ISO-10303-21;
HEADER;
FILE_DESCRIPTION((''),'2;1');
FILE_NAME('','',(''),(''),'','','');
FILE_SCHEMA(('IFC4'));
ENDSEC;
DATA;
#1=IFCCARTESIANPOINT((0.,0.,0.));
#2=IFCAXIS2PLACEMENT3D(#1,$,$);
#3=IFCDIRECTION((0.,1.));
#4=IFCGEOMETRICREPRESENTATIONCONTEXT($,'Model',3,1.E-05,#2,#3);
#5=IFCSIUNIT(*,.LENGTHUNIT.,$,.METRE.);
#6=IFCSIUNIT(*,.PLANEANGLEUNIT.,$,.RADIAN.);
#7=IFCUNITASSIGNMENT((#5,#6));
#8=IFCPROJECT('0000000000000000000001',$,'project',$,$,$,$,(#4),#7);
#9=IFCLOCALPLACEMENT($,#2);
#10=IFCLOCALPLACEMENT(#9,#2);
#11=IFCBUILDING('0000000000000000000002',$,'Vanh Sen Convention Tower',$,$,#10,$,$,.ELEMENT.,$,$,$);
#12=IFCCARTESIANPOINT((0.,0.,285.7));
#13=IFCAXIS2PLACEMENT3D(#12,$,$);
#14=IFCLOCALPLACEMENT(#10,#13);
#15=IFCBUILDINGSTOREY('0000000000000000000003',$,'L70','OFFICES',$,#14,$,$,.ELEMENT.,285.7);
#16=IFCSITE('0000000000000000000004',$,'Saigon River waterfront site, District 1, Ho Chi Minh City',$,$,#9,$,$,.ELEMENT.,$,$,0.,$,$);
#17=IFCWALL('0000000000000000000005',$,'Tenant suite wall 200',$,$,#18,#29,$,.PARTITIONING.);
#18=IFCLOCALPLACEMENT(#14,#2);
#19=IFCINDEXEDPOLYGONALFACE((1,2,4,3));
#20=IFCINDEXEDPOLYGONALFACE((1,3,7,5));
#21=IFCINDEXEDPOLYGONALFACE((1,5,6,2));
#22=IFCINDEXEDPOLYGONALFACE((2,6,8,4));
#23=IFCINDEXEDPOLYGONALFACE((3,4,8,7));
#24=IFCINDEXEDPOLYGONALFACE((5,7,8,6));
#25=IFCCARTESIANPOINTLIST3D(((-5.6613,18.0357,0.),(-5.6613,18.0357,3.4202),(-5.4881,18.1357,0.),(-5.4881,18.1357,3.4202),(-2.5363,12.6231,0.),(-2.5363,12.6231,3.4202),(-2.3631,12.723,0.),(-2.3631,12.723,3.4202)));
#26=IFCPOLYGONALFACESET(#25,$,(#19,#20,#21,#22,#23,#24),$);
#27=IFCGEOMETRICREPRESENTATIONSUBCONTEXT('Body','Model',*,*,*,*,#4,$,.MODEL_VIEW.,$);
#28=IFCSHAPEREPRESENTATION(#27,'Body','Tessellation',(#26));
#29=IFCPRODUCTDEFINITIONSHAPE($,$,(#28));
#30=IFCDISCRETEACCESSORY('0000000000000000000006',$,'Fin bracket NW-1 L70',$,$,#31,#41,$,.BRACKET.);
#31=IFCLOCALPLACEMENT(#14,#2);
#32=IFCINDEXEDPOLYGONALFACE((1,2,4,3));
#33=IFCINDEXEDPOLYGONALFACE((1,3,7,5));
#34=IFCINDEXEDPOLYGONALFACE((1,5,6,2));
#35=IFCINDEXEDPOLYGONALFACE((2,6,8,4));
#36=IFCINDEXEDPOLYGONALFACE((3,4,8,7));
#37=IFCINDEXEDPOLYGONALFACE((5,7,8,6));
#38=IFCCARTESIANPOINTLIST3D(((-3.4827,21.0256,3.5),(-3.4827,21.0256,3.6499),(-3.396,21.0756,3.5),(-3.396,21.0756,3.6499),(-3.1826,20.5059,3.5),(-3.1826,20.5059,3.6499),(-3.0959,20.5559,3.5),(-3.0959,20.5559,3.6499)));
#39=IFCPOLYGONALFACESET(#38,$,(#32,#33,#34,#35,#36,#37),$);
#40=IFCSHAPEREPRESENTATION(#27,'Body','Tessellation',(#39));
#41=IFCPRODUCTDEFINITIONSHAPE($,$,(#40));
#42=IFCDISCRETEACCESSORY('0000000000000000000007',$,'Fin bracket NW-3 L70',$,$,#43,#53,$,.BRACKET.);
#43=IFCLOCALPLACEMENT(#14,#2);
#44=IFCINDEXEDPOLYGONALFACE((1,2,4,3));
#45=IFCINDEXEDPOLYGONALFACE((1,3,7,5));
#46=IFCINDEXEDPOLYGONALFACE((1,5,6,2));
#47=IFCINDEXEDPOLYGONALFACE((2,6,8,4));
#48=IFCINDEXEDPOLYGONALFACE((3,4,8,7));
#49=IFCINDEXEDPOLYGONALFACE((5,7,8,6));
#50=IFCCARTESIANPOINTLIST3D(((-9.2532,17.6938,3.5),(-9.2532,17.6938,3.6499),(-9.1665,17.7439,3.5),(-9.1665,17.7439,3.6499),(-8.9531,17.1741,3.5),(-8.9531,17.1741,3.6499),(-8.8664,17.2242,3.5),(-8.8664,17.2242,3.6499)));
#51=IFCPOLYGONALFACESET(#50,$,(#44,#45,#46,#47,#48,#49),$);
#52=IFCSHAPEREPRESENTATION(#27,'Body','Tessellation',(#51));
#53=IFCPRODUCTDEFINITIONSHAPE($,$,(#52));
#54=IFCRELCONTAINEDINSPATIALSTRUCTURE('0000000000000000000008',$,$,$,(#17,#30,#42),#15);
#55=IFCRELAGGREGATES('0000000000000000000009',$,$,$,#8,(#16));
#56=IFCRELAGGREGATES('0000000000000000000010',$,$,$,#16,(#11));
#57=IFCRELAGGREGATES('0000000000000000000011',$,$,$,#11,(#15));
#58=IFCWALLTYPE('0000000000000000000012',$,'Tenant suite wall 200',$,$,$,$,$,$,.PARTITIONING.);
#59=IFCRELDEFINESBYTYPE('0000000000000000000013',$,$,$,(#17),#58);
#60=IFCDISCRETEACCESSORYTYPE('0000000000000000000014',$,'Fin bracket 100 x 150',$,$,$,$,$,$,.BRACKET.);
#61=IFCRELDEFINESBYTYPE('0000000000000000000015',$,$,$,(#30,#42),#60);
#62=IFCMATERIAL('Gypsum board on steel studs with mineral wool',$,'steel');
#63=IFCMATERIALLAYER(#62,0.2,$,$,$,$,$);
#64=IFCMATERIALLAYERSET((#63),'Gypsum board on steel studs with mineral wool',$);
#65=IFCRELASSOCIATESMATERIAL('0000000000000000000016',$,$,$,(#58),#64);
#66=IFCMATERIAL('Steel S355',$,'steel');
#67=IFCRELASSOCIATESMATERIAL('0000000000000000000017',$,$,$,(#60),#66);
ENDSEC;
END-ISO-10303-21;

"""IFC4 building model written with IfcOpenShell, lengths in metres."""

from ifc_helpers import new_model, si_unit, direction, frame, frame_2d, origin, origin_2d, place, context, subcontext, project, spatial, rectangle, extrude, material, layer, layer_set, type_object, element, save


model = new_model("IFC4")

# Units and contexts
model_context = context("Model", 3, precision=1e-05, world=origin(), true_north=direction((0.0, 1.0)))
body_context = subcontext(model_context, "Body", "Model", "MODEL_VIEW")
ifc_project = project(units=[si_unit("LENGTHUNIT", "METRE"), si_unit("PLANEANGLEUNIT", "RADIAN")], contexts=[model_context])

# Site, building, storey
site_placement = place(None, origin())
site = spatial("IfcSite", under=ifc_project, at=site_placement, Name="Saigon River waterfront site, District 1, Ho Chi Minh City", CompositionType="ELEMENT", RefElevation=0.0)
building_placement = place(site_placement, origin())
building = spatial("IfcBuilding", under=site, at=building_placement, Name="Vanh Sen Convention Tower", CompositionType="ELEMENT")
storey_placement = place(building_placement, frame((0.0, 0.0, 285.7)))
storey = spatial("IfcBuildingStorey", under=building, at=storey_placement, Name="L70", Description="OFFICES", CompositionType="ELEMENT", Elevation=285.7)

# Shared definitions
ifc_material_1 = material(Name="Gypsum board on steel studs with mineral wool", Category="steel")

# Wall
ifc_layer_1 = layer(ifc_material_1, 0.2)
ifc_layer_set_1 = layer_set([ifc_layer_1], Name="Gypsum board on steel studs with mineral wool")
wall_type_1 = type_object("IfcWallType", Name="Tenant suite wall 200", PredefinedType="PARTITIONING", material=ifc_layer_set_1)
wall_1_placement = place(storey_placement, frame((-5.5747, 18.0857, 0.0), z_axis=(0.0, 0.0, 1.0), x_axis=(0.500004, -0.866023, 0.0)))
element("IfcWall", 1, at=wall_1_placement, inside=storey, type_object=wall_type_1, Name="Tenant suite wall 200", PredefinedType="PARTITIONING", context=body_context, shape_type="SweptSolid", body=[
    extrude(rectangle(XDim=6.25, YDim=0.2, at=frame_2d((3.125, 0.0))), origin(), (0.0, 0.0, 1.0), 3.4202),
])

# Discrete accessories
ifc_material_2 = material(Name="Steel S355", Category="steel")
discrete_accessory_type = type_object("IfcDiscreteAccessoryType", Name="Fin bracket 100 x 150", PredefinedType="BRACKET", material=ifc_material_2)
for number, where, z_axis, x_axis, name in (
    (2, (-3.2893, 20.7908, 3.5), (0.0, 0.0, 1.0), (-0.5, 0.866025, 0.0), "Fin bracket NW-1 L70"),
    (3, (-9.0598, 17.459, 3.5), (0.0, 0.0, 1.0), (-0.5, 0.866025, 0.0), "Fin bracket NW-3 L70"),
):
    element("IfcDiscreteAccessory", number, at=place(storey_placement, frame(where, z_axis=z_axis, x_axis=x_axis)), inside=storey, type_object=discrete_accessory_type, Name=name, PredefinedType="BRACKET", context=body_context, shape_type="SweptSolid", body=[
        extrude(rectangle(XDim=0.6001, YDim=0.1001, at=origin_2d()), origin(), (0.0, 0.0, 1.0), 0.1499),
    ])

save(model, "model.ifc")
